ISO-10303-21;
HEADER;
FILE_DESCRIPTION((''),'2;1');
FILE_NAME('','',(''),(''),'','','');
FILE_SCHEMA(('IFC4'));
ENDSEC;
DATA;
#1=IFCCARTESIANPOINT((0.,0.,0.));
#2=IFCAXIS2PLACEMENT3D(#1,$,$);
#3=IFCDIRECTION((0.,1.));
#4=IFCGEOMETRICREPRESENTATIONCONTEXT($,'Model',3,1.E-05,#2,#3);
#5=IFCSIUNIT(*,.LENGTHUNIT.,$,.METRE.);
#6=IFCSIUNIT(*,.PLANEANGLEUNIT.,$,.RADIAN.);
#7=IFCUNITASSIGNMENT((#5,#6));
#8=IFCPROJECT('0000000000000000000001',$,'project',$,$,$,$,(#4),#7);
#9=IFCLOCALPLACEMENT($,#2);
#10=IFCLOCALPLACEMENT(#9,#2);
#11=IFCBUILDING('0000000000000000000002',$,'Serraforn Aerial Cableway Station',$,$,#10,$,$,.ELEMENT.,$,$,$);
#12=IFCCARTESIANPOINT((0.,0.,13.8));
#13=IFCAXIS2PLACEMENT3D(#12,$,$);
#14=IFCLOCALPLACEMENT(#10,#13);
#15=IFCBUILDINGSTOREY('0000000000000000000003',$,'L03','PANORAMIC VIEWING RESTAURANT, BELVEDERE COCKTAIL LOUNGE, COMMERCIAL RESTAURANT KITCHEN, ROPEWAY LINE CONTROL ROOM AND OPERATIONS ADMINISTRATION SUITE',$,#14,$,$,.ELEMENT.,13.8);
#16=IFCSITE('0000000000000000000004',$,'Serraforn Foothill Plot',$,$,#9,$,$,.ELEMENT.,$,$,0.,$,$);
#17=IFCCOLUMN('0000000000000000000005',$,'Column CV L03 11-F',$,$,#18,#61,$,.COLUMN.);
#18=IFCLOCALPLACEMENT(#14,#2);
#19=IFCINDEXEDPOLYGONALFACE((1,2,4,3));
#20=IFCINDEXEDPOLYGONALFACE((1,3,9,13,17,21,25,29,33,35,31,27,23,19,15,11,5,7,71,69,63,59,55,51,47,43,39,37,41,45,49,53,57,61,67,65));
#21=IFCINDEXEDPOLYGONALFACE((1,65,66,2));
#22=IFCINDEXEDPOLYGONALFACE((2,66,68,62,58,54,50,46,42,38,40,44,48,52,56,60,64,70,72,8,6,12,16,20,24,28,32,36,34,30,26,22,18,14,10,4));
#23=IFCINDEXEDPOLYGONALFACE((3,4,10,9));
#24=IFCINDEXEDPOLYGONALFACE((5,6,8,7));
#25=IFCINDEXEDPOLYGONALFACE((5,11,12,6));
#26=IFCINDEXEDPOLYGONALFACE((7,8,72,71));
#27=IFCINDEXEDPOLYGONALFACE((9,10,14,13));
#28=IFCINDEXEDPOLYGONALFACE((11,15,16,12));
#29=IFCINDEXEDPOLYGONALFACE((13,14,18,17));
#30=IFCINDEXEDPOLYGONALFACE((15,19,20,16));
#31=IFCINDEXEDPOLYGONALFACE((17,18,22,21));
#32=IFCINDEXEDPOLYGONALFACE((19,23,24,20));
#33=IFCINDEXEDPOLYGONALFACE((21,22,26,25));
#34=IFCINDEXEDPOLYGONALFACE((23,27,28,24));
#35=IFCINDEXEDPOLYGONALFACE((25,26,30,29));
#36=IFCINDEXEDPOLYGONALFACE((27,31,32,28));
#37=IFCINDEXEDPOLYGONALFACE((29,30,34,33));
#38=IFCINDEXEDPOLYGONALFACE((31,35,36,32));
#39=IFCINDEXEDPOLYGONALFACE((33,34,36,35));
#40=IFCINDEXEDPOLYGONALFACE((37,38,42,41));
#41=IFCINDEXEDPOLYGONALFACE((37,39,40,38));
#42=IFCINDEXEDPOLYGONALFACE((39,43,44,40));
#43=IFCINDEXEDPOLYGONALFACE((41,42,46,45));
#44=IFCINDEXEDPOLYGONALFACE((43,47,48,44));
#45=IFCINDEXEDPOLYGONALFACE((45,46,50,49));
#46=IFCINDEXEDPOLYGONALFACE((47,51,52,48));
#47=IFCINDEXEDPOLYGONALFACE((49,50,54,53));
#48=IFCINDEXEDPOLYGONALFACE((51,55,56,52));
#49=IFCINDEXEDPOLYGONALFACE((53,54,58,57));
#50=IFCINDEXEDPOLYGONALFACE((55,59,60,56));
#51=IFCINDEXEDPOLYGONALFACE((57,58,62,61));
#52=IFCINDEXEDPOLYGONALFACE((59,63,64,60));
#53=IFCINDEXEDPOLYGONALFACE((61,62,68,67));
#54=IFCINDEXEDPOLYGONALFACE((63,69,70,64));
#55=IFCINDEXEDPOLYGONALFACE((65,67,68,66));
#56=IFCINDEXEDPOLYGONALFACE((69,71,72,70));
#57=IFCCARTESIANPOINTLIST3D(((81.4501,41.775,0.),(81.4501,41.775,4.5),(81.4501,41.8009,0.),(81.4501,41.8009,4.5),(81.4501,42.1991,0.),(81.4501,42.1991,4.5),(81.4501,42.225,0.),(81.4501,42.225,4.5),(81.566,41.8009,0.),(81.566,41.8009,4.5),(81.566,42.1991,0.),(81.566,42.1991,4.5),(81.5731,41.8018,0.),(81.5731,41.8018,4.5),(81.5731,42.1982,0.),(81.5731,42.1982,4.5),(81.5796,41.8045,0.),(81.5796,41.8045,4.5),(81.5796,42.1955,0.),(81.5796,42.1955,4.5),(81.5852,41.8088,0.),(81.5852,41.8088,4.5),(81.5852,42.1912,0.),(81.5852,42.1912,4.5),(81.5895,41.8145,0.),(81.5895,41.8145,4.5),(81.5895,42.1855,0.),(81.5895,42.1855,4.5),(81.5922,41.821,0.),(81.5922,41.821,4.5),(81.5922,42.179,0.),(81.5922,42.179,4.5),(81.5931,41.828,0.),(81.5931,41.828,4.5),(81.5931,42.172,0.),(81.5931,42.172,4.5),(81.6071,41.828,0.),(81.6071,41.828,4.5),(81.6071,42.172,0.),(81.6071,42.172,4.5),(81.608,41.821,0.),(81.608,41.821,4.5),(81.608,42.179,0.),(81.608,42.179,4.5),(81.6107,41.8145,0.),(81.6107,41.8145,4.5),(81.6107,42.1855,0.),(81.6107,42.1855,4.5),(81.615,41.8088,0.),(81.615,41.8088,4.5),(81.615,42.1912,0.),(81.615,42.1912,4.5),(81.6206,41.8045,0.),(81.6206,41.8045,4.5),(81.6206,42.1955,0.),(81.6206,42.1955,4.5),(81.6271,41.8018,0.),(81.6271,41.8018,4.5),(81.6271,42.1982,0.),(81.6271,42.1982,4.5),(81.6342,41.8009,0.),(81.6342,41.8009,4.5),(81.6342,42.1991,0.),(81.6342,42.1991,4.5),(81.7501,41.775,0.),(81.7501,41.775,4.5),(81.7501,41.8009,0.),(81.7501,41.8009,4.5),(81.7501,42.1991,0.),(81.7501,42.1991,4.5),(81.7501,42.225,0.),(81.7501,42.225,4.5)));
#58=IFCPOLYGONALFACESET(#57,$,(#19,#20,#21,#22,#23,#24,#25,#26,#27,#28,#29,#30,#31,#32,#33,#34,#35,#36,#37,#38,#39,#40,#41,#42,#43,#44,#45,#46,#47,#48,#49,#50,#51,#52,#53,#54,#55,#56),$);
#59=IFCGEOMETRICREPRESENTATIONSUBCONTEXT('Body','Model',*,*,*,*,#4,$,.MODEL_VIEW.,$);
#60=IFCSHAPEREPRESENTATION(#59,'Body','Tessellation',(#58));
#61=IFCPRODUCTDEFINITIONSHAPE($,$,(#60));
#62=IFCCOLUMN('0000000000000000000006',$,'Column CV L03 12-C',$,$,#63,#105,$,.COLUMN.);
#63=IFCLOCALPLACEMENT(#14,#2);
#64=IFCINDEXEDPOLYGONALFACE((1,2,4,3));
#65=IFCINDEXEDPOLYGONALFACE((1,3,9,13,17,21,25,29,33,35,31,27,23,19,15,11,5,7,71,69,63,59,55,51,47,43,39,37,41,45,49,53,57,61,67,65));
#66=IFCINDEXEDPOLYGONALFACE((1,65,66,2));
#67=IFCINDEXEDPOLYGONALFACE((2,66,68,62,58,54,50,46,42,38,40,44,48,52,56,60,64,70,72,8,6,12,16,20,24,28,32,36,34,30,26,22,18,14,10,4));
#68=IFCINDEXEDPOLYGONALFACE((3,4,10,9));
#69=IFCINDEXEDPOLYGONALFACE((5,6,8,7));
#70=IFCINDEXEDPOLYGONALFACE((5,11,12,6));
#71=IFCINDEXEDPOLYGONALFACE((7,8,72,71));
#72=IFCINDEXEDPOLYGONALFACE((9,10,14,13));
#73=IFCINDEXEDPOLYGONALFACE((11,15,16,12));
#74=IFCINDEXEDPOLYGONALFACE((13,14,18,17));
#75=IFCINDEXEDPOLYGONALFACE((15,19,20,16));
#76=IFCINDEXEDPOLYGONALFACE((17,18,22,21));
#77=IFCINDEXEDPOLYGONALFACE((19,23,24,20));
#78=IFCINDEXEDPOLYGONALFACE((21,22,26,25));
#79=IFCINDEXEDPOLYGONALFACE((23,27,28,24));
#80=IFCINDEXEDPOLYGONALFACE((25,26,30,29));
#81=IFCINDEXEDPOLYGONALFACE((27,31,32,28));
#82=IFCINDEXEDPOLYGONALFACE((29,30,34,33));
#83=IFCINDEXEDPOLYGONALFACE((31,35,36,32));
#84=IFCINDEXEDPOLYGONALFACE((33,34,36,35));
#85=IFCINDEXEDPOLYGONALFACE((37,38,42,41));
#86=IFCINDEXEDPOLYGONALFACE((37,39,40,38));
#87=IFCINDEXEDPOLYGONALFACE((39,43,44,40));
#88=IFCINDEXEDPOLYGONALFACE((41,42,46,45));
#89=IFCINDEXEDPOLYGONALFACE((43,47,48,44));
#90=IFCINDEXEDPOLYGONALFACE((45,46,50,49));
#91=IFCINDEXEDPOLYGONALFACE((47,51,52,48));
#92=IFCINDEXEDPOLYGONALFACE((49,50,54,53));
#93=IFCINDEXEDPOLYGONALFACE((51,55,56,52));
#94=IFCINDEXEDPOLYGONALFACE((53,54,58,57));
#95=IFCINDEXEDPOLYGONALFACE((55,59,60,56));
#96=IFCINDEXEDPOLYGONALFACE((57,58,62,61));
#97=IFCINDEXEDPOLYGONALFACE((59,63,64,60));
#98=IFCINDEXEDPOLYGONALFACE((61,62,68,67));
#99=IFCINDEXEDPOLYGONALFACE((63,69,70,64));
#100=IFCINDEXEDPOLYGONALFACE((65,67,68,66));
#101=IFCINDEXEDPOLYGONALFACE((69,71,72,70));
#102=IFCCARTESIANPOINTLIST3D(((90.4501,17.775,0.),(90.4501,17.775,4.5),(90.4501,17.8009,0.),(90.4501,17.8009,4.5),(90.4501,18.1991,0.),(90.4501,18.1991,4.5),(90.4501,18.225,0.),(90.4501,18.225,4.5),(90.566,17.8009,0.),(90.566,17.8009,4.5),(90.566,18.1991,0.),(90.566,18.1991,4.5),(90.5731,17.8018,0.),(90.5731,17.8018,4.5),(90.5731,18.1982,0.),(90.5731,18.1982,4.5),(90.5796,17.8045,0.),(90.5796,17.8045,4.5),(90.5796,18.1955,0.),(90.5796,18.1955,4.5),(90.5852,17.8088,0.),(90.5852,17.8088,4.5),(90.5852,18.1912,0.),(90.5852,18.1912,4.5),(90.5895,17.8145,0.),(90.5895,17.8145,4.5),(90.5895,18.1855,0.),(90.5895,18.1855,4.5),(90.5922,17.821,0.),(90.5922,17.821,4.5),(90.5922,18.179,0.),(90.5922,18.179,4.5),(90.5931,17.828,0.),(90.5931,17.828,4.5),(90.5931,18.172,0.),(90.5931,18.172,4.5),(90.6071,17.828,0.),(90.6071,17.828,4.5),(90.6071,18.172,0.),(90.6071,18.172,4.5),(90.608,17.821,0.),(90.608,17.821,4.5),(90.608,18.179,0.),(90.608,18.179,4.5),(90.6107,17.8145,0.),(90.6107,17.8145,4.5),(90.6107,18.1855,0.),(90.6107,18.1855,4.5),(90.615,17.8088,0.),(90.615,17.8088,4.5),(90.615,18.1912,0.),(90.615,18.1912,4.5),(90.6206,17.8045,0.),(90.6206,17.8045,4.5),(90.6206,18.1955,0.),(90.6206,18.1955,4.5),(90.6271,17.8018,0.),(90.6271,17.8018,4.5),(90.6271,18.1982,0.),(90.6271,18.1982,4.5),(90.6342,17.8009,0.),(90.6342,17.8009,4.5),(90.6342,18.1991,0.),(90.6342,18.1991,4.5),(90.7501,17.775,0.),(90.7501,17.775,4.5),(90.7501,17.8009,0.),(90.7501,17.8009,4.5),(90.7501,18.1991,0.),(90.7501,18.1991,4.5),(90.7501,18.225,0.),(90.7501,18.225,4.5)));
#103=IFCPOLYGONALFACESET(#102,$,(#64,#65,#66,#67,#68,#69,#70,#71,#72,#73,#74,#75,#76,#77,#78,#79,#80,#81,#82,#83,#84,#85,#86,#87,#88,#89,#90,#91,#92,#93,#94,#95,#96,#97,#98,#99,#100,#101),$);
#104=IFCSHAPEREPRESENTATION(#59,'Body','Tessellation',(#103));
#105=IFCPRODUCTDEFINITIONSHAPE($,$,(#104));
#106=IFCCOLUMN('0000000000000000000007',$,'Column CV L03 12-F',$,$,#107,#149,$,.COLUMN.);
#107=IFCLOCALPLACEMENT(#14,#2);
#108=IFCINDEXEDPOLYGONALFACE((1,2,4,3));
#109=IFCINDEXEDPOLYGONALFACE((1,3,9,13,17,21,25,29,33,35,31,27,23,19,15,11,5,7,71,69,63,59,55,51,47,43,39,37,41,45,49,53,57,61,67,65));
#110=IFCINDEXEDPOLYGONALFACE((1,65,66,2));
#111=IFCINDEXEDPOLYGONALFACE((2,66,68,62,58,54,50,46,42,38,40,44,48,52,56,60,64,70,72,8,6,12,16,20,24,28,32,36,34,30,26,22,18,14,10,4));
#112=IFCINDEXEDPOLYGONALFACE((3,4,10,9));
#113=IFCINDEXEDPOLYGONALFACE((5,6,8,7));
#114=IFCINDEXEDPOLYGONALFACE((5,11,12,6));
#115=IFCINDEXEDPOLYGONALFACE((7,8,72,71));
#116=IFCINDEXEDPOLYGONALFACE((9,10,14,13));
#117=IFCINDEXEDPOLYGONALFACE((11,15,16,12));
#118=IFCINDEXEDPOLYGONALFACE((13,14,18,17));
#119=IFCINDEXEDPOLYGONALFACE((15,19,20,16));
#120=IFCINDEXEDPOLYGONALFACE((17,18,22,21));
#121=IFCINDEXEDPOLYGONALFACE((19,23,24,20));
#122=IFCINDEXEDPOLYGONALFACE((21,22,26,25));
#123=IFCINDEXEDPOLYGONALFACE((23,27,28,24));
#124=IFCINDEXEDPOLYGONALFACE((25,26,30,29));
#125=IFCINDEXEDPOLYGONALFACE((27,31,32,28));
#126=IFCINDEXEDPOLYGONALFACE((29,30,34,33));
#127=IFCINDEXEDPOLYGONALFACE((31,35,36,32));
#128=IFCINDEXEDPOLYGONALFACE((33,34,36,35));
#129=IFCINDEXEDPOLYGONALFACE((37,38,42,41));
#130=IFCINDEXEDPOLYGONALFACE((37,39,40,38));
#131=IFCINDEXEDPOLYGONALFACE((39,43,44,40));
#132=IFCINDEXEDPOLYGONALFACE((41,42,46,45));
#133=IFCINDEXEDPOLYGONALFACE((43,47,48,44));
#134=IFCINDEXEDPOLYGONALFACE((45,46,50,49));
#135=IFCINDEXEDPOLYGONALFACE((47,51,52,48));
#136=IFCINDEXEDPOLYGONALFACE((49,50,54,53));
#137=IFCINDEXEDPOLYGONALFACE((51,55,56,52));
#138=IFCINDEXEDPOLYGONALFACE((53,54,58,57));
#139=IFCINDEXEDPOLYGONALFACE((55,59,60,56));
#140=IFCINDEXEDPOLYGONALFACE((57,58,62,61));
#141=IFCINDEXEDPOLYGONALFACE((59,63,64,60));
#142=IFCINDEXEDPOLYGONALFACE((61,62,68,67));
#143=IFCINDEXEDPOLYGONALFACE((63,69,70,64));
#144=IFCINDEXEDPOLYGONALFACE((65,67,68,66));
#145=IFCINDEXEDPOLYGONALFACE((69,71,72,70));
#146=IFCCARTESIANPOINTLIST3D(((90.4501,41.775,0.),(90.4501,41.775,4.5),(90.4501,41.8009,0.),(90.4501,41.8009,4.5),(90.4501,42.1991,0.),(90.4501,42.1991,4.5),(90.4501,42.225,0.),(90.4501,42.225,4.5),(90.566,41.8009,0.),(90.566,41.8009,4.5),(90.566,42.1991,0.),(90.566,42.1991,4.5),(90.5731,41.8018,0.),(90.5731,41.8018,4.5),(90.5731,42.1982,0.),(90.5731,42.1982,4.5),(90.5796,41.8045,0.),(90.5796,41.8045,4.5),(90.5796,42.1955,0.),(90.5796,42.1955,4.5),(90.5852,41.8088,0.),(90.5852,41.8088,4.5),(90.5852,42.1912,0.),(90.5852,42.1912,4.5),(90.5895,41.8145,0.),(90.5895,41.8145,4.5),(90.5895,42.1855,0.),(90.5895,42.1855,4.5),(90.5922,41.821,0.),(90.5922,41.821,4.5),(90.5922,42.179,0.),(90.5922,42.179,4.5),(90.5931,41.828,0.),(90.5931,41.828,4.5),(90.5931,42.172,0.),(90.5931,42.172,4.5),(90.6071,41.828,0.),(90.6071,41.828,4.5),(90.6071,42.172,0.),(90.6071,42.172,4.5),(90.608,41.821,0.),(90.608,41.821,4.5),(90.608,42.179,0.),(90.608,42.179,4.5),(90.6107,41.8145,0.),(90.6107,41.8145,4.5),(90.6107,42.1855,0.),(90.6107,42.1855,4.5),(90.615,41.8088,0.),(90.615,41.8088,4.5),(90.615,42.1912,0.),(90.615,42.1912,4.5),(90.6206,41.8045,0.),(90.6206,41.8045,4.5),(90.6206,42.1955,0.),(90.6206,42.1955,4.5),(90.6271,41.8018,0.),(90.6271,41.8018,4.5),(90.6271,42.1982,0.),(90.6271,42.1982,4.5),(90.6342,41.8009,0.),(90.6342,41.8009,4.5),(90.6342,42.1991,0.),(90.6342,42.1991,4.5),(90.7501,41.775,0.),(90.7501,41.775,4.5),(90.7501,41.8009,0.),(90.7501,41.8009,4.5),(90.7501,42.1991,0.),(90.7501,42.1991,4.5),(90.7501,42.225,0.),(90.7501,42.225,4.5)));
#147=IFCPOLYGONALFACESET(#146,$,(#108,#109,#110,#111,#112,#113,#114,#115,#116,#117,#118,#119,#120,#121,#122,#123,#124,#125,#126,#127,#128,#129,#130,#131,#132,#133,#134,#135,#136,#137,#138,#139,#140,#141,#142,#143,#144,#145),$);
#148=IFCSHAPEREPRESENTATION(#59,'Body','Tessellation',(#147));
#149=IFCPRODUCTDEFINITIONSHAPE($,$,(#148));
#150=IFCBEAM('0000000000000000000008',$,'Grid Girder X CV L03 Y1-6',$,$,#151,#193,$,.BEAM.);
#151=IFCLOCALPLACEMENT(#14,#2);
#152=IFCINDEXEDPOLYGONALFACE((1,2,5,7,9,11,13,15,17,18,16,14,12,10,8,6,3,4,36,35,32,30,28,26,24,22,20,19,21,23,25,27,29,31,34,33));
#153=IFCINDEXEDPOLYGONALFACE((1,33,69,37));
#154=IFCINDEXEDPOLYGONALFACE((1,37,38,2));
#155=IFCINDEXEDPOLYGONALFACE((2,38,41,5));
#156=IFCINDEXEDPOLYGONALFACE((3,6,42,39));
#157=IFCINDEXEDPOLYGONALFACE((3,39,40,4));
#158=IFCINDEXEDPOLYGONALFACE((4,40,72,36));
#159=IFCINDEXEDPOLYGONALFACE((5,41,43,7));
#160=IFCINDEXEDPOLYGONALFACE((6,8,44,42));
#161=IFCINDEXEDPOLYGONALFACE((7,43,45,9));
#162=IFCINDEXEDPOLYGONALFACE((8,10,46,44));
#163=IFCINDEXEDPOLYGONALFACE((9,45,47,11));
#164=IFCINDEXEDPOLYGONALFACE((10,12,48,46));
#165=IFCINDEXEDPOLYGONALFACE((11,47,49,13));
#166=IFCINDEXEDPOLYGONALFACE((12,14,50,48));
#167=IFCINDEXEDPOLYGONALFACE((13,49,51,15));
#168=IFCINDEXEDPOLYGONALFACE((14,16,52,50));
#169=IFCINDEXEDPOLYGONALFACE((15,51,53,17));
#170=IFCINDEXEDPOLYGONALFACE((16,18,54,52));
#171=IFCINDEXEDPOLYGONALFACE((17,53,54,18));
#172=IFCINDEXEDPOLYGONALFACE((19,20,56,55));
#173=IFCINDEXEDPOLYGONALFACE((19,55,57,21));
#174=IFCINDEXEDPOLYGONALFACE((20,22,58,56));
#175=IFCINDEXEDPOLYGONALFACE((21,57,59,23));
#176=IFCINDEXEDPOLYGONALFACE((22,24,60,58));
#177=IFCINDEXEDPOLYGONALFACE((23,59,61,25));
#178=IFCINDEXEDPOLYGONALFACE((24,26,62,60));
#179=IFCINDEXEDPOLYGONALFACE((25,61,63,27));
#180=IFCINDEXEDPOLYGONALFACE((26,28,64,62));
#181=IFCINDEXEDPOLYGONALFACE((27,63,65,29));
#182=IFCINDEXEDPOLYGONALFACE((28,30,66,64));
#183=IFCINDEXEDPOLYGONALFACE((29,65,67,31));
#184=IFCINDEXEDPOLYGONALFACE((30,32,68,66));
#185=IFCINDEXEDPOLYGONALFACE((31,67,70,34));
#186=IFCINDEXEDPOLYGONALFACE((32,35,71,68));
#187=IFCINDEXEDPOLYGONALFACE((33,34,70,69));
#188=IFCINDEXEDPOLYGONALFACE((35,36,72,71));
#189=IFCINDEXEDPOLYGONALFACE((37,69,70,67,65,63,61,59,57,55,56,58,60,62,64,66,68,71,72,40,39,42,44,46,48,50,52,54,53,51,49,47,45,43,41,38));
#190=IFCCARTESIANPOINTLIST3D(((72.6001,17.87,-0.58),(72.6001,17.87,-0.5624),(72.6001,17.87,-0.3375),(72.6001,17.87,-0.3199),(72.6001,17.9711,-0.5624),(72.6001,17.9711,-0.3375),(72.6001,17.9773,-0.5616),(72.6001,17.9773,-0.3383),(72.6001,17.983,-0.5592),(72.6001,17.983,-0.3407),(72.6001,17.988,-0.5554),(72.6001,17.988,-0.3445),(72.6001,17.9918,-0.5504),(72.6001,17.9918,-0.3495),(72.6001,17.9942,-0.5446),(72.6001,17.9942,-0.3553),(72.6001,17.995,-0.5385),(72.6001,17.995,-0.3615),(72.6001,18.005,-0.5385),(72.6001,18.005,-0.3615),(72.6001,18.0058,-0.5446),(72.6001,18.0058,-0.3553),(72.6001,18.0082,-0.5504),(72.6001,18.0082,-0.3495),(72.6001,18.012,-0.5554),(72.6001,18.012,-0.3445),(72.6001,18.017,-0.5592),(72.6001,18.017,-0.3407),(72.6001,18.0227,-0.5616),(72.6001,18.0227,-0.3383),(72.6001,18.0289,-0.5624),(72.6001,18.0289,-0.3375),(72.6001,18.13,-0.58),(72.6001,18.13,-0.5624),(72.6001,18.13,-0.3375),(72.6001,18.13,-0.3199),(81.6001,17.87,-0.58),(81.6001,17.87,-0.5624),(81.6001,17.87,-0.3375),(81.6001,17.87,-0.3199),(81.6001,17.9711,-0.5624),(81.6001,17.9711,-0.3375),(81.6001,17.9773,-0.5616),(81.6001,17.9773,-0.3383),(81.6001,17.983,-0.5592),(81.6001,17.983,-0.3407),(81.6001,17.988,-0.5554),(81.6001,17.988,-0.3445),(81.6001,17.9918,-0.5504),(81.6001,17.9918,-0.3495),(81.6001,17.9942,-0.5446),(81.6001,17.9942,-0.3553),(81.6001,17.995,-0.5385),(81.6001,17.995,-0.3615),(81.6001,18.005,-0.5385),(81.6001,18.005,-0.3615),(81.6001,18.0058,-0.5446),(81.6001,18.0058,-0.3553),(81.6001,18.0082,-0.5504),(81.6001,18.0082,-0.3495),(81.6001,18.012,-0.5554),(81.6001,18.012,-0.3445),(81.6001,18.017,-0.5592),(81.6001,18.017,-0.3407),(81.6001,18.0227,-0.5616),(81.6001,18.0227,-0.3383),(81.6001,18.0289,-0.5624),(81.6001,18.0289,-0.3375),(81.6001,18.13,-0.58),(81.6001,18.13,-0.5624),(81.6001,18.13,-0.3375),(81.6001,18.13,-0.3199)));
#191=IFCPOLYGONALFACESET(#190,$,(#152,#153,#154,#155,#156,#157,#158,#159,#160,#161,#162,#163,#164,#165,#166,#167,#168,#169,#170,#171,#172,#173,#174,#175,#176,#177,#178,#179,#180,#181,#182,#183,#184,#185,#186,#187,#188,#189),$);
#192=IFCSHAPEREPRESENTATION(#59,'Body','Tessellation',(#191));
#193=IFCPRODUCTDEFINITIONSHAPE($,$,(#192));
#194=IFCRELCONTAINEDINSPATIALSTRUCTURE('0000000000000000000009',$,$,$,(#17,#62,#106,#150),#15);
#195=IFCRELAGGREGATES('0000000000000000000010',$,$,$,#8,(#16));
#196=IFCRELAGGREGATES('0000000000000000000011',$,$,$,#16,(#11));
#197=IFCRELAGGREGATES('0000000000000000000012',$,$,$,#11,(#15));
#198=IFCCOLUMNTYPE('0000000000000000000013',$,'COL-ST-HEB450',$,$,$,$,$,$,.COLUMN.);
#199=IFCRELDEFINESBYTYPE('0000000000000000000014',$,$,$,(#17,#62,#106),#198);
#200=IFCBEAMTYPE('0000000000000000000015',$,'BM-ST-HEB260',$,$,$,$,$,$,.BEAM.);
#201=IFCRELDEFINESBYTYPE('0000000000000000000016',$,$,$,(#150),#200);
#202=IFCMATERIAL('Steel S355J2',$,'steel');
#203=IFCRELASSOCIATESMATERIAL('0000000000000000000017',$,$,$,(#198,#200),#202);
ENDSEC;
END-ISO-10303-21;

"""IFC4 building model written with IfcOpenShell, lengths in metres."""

from ifc_helpers import new_model, si_unit, direction, frame, origin, origin_2d, place, context, subcontext, project, spatial, i_section, extrude, material, material_profile, profile_set, type_object, element, save


model = new_model("IFC4")

# Units and contexts
model_context = context("Model", 3, precision=1e-05, world=origin(), true_north=direction((0.0, 1.0)))
body_context = subcontext(model_context, "Body", "Model", "MODEL_VIEW")
ifc_project = project(units=[si_unit("LENGTHUNIT", "METRE"), si_unit("PLANEANGLEUNIT", "RADIAN")], contexts=[model_context])

# Site, building, storey
site_placement = place(None, origin())
site = spatial("IfcSite", under=ifc_project, at=site_placement, Name="Serraforn Foothill Plot", CompositionType="ELEMENT", RefElevation=0.0)
building_placement = place(site_placement, origin())
building = spatial("IfcBuilding", under=site, at=building_placement, Name="Serraforn Aerial Cableway Station", CompositionType="ELEMENT")
storey_placement = place(building_placement, frame((0.0, 0.0, 13.8)))
storey = spatial("IfcBuildingStorey", under=building, at=storey_placement, Name="L03", Description="PANORAMIC VIEWING RESTAURANT, BELVEDERE COCKTAIL LOUNGE, COMMERCIAL RESTAURANT KITCHEN, ROPEWAY LINE CONTROL ROOM AND OPERATIONS ADMINISTRATION SUITE", CompositionType="ELEMENT", Elevation=13.8)

# Columns
ifc_material_1 = material(Name="Steel S355J2", Category="steel")
ifc_material_profile_1 = material_profile(ifc_material_1, i_section(OverallWidth=0.3, OverallDepth=0.45, WebThickness=0.0139, FlangeThickness=0.0259, FilletRadius=0.0271, at=origin_2d()), Name="HEB 450")
ifc_profile_set_1 = profile_set([ifc_material_profile_1], Name="Steel S355J2")
column_type_1 = type_object("IfcColumnType", Name="COL-ST-HEB450", PredefinedType="COLUMN", material=ifc_profile_set_1)
for number, where, z_axis, x_axis, name in (
    (1, (81.6001, 42.0, 0.0), (0.0, 0.0, 1.0), (1.0, 0.0, 0.0), "Column CV L03 11-F"),
    (2, (90.6001, 18.0, 0.0), (0.0, 0.0, 1.0), (1.0, 0.0, 0.0), "Column CV L03 12-C"),
    (3, (90.6001, 42.0, 0.0), (0.0, 0.0, 1.0), (1.0, 0.0, 0.0), "Column CV L03 12-F"),
):
    element("IfcColumn", number, at=place(storey_placement, frame(where, z_axis=z_axis, x_axis=x_axis)), inside=storey, type_object=column_type_1, Name=name, PredefinedType="COLUMN", context=body_context, shape_type="SweptSolid", body=[
        extrude(i_section(OverallWidth=0.3, OverallDepth=0.45, WebThickness=0.0139, FlangeThickness=0.0259, FilletRadius=0.0271, at=origin_2d()), origin(), (0.0, 0.0, 1.0), 4.5),
    ])

# Beam
ifc_material_profile_2 = material_profile(ifc_material_1, i_section(OverallWidth=0.26, OverallDepth=0.26, WebThickness=0.01, FlangeThickness=0.0176, FilletRadius=0.0239, at=origin_2d()), Name="HEB 260")
ifc_profile_set_2 = profile_set([ifc_material_profile_2], Name="Steel S355J2")
beam_type_1 = type_object("IfcBeamType", Name="BM-ST-HEB260", PredefinedType="BEAM", material=ifc_profile_set_2)
for number, where, z_axis, x_axis, name in (
    (4, (72.6001, 18.0, -0.45), (1.0, 0.0, 0.0), (0.0, 1.0, 0.0), "Grid Girder X CV L03 Y1-6"),
):
    element("IfcBeam", number, at=place(storey_placement, frame(where, z_axis=z_axis, x_axis=x_axis)), inside=storey, type_object=beam_type_1, Name=name, PredefinedType="BEAM", context=body_context, shape_type="SweptSolid", body=[
        extrude(i_section(OverallWidth=0.26, OverallDepth=0.26, WebThickness=0.01, FlangeThickness=0.0176, FilletRadius=0.0239, at=origin_2d()), origin(), (0.0, 0.0, 1.0), 9.0),
    ])

save(model, "model.ifc")
